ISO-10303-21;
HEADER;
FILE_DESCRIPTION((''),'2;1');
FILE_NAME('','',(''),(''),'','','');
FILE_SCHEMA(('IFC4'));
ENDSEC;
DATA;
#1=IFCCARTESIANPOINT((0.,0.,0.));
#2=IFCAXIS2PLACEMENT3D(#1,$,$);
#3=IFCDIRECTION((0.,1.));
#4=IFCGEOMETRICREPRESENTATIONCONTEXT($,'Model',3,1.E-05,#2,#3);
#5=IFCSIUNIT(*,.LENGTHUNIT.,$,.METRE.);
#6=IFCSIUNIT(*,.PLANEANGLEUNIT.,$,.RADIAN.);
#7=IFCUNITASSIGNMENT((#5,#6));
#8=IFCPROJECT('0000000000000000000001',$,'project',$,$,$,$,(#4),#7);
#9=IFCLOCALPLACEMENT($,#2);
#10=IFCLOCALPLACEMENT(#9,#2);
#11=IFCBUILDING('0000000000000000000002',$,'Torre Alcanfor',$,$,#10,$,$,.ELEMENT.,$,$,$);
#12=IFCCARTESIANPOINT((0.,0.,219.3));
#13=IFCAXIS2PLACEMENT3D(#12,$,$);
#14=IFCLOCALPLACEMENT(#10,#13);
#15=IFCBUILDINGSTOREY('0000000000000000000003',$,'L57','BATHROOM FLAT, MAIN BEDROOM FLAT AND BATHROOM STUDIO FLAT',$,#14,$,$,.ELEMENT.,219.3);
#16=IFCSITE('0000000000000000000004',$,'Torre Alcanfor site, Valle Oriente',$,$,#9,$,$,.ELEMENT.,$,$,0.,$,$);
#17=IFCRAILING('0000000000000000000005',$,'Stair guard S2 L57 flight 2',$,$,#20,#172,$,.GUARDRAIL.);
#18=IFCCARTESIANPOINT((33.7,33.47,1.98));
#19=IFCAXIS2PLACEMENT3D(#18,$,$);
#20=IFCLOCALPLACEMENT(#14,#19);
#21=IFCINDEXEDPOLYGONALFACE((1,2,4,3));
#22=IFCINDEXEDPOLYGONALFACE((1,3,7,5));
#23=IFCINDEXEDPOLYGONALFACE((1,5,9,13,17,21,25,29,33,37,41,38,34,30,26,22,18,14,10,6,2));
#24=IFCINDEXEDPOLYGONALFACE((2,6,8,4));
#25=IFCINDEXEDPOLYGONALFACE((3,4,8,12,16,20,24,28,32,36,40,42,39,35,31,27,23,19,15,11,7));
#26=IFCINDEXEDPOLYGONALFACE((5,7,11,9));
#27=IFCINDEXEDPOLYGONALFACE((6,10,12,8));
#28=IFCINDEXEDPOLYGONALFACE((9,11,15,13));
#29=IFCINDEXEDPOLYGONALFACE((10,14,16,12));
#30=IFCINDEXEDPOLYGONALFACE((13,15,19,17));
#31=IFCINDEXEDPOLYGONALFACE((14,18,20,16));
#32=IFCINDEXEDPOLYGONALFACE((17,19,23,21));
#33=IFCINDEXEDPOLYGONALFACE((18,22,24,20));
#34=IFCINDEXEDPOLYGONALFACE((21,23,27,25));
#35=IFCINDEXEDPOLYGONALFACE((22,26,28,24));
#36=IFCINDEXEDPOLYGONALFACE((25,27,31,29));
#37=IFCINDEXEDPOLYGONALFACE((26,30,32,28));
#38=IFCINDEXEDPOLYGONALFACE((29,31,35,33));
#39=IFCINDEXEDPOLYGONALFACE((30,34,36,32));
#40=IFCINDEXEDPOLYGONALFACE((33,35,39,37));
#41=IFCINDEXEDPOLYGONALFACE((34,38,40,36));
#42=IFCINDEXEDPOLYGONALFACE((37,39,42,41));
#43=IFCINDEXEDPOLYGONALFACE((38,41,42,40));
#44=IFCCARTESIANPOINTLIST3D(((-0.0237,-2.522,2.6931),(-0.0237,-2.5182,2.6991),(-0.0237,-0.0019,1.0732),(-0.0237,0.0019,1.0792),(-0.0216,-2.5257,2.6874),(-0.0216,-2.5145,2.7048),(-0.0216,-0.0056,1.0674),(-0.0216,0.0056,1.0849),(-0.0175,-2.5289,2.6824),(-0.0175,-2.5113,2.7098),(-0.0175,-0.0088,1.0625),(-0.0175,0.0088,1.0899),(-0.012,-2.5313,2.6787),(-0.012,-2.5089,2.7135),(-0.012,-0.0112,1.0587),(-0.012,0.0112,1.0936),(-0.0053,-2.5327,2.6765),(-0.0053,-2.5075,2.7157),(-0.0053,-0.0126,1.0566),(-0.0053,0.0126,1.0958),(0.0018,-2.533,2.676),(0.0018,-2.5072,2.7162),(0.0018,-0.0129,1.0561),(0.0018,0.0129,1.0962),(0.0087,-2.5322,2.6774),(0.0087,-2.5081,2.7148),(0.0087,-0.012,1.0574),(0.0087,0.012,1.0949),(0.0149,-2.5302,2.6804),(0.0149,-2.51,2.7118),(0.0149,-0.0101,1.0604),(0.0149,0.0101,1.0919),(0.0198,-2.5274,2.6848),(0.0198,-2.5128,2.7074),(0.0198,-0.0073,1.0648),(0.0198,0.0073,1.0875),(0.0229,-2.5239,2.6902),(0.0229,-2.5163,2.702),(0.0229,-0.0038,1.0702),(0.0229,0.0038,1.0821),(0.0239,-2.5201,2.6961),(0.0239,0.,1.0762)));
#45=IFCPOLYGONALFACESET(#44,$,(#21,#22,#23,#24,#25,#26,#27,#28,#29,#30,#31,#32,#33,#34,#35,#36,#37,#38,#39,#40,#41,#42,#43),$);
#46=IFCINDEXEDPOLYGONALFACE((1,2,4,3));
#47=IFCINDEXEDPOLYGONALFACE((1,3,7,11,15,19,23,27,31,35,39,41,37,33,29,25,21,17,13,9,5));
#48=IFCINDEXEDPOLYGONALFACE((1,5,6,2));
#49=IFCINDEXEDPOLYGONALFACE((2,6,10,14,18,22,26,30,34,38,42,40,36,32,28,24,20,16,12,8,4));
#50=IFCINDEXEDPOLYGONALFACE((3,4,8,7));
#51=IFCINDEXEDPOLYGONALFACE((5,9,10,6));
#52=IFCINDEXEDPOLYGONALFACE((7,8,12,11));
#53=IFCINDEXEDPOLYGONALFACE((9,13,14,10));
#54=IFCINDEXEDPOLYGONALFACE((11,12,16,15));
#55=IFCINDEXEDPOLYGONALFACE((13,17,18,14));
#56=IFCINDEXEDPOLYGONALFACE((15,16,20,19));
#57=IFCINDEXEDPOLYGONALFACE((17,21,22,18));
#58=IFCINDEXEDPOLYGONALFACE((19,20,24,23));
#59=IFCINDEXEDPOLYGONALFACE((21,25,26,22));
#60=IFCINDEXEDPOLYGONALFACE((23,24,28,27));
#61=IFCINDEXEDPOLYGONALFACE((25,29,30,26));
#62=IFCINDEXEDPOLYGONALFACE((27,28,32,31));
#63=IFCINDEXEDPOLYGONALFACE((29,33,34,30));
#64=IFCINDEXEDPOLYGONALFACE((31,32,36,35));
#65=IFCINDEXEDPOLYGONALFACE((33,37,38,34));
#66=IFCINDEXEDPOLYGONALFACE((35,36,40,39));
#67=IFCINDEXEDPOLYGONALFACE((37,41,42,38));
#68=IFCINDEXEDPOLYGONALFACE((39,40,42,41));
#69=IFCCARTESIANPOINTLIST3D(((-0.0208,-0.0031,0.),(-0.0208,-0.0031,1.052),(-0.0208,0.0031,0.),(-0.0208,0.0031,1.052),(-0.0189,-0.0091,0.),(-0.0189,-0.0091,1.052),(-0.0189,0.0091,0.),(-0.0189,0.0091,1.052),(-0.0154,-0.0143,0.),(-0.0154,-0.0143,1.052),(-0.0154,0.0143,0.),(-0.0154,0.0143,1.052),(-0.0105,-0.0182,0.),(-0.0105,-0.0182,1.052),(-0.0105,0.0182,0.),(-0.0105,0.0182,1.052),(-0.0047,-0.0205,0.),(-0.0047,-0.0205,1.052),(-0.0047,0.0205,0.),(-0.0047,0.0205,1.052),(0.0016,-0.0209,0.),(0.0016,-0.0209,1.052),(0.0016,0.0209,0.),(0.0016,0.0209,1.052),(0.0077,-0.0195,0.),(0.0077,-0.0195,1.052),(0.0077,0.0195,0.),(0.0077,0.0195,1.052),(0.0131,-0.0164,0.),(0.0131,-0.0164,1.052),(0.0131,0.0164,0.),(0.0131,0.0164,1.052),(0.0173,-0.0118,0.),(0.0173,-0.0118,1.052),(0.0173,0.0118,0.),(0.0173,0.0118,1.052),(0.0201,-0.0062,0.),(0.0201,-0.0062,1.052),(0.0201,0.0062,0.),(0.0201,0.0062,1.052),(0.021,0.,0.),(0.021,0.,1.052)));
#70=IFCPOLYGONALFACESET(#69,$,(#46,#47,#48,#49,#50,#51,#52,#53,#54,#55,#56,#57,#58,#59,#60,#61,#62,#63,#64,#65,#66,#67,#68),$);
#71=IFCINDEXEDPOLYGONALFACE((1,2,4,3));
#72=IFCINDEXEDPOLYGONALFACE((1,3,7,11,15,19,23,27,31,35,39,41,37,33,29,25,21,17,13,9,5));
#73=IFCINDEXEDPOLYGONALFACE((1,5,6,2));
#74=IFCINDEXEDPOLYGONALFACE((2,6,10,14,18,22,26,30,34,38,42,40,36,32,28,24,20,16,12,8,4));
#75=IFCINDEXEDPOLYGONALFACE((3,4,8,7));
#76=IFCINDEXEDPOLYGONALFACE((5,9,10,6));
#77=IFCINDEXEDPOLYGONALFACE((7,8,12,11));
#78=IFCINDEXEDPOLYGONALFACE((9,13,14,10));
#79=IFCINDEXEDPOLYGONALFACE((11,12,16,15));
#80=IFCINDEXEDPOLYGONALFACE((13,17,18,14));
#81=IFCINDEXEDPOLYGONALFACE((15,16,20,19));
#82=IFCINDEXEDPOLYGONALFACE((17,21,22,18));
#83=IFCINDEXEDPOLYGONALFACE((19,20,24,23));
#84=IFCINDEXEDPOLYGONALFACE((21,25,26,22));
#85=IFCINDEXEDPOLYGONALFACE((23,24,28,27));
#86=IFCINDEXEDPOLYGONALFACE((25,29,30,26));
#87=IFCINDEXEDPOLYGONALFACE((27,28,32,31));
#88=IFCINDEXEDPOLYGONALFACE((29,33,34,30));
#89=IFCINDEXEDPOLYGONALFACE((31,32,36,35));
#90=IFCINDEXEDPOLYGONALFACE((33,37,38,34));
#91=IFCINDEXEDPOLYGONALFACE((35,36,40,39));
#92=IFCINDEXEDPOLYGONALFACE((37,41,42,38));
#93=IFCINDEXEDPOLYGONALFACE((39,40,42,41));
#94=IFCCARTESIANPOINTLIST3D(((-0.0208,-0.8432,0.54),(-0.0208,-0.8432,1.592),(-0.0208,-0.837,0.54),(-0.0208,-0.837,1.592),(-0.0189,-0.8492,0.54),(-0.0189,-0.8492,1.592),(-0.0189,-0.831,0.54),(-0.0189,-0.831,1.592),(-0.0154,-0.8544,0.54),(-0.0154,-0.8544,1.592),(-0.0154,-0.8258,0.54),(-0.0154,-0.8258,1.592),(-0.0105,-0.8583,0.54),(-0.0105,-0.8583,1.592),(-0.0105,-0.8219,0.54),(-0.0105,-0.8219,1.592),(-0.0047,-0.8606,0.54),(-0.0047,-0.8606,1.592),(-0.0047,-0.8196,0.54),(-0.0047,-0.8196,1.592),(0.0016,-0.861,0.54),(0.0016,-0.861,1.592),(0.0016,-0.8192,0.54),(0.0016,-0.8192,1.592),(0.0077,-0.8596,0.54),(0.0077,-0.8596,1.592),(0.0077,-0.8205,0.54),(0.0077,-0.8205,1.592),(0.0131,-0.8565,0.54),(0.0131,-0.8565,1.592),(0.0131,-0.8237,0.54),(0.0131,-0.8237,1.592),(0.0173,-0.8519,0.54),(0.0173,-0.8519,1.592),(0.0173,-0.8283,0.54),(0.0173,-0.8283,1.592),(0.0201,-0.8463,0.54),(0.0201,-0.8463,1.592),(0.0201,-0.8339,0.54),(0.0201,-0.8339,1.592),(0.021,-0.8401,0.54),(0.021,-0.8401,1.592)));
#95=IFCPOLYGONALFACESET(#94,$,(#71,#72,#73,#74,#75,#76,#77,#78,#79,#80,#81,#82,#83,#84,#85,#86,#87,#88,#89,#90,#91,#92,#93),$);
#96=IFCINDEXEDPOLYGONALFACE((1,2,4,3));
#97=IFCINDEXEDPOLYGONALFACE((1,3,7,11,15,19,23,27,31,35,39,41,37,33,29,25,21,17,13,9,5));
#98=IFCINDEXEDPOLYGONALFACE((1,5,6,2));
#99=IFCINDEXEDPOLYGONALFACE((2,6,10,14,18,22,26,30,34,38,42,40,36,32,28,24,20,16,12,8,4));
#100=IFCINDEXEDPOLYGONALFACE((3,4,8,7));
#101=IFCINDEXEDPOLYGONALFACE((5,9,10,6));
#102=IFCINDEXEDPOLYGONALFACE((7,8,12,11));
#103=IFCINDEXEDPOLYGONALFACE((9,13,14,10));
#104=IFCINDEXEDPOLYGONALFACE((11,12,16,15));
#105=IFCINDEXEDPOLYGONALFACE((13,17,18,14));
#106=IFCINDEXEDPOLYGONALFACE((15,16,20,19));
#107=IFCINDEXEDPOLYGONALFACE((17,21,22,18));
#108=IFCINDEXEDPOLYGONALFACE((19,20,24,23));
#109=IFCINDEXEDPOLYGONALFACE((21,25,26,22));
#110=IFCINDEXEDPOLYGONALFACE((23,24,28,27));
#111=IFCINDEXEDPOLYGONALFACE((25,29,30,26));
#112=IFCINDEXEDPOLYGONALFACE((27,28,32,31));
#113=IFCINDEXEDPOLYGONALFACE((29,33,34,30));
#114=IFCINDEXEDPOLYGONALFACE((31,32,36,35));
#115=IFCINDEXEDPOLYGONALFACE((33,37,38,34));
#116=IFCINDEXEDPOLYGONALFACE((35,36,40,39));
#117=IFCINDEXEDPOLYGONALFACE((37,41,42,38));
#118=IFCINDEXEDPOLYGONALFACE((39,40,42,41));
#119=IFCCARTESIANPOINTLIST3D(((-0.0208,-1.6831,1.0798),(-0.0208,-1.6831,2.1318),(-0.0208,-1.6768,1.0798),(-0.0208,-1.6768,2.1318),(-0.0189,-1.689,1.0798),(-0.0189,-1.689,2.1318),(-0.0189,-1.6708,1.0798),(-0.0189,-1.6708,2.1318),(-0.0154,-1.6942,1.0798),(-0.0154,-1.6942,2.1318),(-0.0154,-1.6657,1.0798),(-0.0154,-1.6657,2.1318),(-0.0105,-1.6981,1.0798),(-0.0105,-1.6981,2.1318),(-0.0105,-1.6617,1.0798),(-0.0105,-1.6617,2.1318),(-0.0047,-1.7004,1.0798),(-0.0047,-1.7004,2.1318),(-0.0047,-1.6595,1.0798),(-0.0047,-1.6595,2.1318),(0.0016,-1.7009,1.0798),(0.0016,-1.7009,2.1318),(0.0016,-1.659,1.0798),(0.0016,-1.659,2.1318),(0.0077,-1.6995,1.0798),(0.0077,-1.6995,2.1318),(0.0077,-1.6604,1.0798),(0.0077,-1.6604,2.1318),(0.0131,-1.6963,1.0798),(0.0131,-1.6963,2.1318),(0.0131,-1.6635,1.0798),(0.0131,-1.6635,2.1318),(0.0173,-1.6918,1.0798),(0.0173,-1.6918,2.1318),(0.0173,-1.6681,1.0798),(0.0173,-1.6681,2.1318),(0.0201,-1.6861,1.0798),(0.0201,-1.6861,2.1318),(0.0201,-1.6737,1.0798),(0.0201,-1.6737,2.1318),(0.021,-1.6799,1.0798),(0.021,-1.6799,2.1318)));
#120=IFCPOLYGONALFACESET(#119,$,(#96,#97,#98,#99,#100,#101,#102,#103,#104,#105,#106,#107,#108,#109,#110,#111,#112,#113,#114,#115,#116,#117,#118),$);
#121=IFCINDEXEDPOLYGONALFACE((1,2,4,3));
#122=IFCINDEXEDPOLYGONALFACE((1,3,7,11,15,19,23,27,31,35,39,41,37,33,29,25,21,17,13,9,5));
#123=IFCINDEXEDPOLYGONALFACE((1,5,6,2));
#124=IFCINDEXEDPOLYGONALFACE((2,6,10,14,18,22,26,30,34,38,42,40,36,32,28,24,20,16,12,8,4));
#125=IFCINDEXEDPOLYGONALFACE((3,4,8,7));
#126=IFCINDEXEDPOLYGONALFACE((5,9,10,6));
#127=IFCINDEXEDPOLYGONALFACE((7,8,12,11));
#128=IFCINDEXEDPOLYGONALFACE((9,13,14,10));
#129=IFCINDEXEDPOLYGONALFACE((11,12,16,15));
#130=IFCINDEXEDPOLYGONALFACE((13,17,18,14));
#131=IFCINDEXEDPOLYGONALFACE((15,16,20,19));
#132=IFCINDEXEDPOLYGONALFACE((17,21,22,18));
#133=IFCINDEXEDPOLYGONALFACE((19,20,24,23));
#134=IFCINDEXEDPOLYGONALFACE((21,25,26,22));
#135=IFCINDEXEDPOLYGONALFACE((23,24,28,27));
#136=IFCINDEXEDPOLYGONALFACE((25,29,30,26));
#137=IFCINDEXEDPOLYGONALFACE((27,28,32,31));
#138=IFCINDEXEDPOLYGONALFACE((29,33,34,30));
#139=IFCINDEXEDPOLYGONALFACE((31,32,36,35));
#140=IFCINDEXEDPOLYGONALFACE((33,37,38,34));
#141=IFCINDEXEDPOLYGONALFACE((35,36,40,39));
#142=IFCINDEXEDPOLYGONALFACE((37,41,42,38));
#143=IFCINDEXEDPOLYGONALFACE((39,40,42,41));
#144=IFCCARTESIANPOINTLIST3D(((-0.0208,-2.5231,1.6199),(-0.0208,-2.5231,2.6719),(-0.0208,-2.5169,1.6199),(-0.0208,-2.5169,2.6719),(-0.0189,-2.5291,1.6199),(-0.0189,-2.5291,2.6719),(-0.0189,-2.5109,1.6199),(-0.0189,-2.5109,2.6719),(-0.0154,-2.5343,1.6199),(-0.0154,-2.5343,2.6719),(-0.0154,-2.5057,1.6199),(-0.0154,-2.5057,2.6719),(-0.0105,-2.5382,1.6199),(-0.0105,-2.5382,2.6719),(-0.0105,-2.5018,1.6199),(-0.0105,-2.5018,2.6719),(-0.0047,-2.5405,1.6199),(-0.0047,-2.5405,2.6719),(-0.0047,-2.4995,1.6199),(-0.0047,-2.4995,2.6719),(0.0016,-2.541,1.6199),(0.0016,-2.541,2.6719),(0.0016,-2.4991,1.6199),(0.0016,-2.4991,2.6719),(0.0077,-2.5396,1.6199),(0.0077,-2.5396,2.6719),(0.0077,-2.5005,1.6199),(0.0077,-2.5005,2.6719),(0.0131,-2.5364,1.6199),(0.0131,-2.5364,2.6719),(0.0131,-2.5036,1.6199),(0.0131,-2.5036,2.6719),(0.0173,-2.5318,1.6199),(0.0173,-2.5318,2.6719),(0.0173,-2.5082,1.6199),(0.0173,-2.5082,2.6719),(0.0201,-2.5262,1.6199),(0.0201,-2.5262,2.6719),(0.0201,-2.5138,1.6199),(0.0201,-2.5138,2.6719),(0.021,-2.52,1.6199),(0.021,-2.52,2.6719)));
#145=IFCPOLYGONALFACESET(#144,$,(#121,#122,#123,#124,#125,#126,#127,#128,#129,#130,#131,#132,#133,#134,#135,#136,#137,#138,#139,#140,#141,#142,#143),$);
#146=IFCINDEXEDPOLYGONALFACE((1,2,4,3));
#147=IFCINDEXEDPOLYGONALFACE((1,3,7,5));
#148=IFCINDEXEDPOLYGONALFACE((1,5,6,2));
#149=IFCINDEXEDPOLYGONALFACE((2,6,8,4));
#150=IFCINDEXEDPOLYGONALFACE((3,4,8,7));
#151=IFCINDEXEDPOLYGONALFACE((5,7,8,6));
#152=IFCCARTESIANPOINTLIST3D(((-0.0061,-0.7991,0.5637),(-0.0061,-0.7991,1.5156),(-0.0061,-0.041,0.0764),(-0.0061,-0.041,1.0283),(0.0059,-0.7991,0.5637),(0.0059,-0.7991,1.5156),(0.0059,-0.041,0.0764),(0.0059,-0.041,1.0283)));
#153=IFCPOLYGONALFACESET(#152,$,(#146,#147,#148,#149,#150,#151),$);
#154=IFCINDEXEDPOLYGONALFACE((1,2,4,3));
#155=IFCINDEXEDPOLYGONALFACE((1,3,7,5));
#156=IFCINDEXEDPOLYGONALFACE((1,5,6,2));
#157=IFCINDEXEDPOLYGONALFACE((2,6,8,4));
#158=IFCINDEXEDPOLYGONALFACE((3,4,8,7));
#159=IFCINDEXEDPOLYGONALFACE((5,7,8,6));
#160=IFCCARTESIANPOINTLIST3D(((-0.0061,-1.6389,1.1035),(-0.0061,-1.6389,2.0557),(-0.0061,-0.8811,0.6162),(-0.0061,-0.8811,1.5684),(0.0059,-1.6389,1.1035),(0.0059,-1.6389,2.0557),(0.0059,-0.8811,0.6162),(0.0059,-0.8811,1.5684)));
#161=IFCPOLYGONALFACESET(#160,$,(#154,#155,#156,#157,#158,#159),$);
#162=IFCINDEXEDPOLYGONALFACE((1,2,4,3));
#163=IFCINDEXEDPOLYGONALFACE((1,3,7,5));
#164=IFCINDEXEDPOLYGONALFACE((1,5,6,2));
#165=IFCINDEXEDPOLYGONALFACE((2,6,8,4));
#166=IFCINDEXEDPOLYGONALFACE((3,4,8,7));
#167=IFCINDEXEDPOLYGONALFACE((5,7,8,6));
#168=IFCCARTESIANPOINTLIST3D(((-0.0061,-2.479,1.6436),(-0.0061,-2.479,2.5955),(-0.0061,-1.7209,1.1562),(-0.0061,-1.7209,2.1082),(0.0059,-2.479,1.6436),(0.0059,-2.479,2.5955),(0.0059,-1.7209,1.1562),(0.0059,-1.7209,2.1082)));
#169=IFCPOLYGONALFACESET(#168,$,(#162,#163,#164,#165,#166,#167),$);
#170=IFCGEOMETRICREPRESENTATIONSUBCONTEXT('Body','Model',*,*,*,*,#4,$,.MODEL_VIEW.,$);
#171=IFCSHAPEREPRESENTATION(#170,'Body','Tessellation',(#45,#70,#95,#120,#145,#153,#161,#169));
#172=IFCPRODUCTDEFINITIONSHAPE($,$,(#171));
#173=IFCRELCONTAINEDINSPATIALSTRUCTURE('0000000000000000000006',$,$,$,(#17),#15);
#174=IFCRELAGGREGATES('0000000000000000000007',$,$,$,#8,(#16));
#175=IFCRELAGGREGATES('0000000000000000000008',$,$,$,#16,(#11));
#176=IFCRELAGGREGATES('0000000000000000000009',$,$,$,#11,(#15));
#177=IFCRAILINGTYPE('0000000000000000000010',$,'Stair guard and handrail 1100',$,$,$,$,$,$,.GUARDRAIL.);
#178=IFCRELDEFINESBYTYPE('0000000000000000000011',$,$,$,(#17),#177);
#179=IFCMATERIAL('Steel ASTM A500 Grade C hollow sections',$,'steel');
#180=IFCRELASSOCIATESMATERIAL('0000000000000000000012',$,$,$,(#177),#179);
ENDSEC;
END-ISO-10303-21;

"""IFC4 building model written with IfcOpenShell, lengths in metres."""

from ifc_helpers import new_model, si_unit, direction, frame, origin, origin_2d, place, context, subcontext, project, spatial, polyline, circle, outline, extrude, material, type_object, element, save


model = new_model("IFC4")

# Units and contexts
model_context = context("Model", 3, precision=1e-05, world=origin(), true_north=direction((0.0, 1.0)))
body_context = subcontext(model_context, "Body", "Model", "MODEL_VIEW")
ifc_project = project(units=[si_unit("LENGTHUNIT", "METRE"), si_unit("PLANEANGLEUNIT", "RADIAN")], contexts=[model_context])

# Site, building, storey
site_placement = place(None, origin())
site = spatial("IfcSite", under=ifc_project, at=site_placement, Name="Torre Alcanfor site, Valle Oriente", CompositionType="ELEMENT", RefElevation=0.0)
building_placement = place(site_placement, origin())
building = spatial("IfcBuilding", under=site, at=building_placement, Name="Torre Alcanfor", CompositionType="ELEMENT")
storey_placement = place(building_placement, frame((0.0, 0.0, 219.3)))
storey = spatial("IfcBuildingStorey", under=building, at=storey_placement, Name="L57", Description="BATHROOM FLAT, MAIN BEDROOM FLAT AND BATHROOM STUDIO FLAT", CompositionType="ELEMENT", Elevation=219.3)

# Railing
ifc_material_1 = material(Name="Steel ASTM A500 Grade C hollow sections", Category="steel")
railing_type_1 = type_object("IfcRailingType", Name="Stair guard and handrail 1100", PredefinedType="GUARDRAIL", material=ifc_material_1)
railing_1_placement = place(storey_placement, frame((33.7, 33.47, 1.98)))
element("IfcRailing", 1, at=railing_1_placement, inside=storey, type_object=railing_type_1, Name="Stair guard S2 L57 flight 2", PredefinedType="GUARDRAIL", context=body_context, shape_type="SweptSolid", body=[
    extrude(circle(Radius=0.0239, at=origin_2d()), frame((0.0, 0.0, 1.0762), z_axis=(0.0, -0.8412, 0.540725), x_axis=(1.0, 0.0, 0.0)), (0.0, 0.0, 1.0), 2.9958),
    extrude(circle(Radius=0.021, at=origin_2d()), origin(), (0.0, 0.0, 1.0), 1.052),
    extrude(circle(Radius=0.021, at=origin_2d()), frame((0.0, -0.8401, 0.54)), (0.0, 0.0, 1.0), 1.052),
    extrude(circle(Radius=0.021, at=origin_2d()), frame((0.0, -1.6799, 1.0798)), (0.0, 0.0, 1.0), 1.052),
    extrude(circle(Radius=0.021, at=origin_2d()), frame((0.0, -2.52, 1.6199)), (0.0, 0.0, 1.0), 1.052),
    extrude(outline(polyline([(0.041, 0.0764), (0.7991, 0.5637), (0.7991, 1.5156), (0.041, 1.0283), (0.041, 0.0764)])), frame((0.0059, 0.0, 0.0), z_axis=(-1.0, 0.0, 0.0), x_axis=(0.0, -1.0, 0.0)), (0.0, 0.0, 1.0), 0.012),
    extrude(outline(polyline([(0.8811, 0.6162), (1.6389, 1.1035), (1.6389, 2.0557), (0.8811, 1.5684), (0.8811, 0.6162)])), frame((0.0059, 0.0, 0.0), z_axis=(-1.0, 0.0, 0.0), x_axis=(0.0, -1.0, 0.0)), (0.0, 0.0, 1.0), 0.012),
    extrude(outline(polyline([(1.7209, 1.1562), (2.479, 1.6436), (2.479, 2.5955), (1.7209, 2.1082), (1.7209, 1.1562)])), frame((0.0059, 0.0, 0.0), z_axis=(-1.0, 0.0, 0.0), x_axis=(0.0, -1.0, 0.0)), (0.0, 0.0, 1.0), 0.012),
])

save(model, "model.ifc")
